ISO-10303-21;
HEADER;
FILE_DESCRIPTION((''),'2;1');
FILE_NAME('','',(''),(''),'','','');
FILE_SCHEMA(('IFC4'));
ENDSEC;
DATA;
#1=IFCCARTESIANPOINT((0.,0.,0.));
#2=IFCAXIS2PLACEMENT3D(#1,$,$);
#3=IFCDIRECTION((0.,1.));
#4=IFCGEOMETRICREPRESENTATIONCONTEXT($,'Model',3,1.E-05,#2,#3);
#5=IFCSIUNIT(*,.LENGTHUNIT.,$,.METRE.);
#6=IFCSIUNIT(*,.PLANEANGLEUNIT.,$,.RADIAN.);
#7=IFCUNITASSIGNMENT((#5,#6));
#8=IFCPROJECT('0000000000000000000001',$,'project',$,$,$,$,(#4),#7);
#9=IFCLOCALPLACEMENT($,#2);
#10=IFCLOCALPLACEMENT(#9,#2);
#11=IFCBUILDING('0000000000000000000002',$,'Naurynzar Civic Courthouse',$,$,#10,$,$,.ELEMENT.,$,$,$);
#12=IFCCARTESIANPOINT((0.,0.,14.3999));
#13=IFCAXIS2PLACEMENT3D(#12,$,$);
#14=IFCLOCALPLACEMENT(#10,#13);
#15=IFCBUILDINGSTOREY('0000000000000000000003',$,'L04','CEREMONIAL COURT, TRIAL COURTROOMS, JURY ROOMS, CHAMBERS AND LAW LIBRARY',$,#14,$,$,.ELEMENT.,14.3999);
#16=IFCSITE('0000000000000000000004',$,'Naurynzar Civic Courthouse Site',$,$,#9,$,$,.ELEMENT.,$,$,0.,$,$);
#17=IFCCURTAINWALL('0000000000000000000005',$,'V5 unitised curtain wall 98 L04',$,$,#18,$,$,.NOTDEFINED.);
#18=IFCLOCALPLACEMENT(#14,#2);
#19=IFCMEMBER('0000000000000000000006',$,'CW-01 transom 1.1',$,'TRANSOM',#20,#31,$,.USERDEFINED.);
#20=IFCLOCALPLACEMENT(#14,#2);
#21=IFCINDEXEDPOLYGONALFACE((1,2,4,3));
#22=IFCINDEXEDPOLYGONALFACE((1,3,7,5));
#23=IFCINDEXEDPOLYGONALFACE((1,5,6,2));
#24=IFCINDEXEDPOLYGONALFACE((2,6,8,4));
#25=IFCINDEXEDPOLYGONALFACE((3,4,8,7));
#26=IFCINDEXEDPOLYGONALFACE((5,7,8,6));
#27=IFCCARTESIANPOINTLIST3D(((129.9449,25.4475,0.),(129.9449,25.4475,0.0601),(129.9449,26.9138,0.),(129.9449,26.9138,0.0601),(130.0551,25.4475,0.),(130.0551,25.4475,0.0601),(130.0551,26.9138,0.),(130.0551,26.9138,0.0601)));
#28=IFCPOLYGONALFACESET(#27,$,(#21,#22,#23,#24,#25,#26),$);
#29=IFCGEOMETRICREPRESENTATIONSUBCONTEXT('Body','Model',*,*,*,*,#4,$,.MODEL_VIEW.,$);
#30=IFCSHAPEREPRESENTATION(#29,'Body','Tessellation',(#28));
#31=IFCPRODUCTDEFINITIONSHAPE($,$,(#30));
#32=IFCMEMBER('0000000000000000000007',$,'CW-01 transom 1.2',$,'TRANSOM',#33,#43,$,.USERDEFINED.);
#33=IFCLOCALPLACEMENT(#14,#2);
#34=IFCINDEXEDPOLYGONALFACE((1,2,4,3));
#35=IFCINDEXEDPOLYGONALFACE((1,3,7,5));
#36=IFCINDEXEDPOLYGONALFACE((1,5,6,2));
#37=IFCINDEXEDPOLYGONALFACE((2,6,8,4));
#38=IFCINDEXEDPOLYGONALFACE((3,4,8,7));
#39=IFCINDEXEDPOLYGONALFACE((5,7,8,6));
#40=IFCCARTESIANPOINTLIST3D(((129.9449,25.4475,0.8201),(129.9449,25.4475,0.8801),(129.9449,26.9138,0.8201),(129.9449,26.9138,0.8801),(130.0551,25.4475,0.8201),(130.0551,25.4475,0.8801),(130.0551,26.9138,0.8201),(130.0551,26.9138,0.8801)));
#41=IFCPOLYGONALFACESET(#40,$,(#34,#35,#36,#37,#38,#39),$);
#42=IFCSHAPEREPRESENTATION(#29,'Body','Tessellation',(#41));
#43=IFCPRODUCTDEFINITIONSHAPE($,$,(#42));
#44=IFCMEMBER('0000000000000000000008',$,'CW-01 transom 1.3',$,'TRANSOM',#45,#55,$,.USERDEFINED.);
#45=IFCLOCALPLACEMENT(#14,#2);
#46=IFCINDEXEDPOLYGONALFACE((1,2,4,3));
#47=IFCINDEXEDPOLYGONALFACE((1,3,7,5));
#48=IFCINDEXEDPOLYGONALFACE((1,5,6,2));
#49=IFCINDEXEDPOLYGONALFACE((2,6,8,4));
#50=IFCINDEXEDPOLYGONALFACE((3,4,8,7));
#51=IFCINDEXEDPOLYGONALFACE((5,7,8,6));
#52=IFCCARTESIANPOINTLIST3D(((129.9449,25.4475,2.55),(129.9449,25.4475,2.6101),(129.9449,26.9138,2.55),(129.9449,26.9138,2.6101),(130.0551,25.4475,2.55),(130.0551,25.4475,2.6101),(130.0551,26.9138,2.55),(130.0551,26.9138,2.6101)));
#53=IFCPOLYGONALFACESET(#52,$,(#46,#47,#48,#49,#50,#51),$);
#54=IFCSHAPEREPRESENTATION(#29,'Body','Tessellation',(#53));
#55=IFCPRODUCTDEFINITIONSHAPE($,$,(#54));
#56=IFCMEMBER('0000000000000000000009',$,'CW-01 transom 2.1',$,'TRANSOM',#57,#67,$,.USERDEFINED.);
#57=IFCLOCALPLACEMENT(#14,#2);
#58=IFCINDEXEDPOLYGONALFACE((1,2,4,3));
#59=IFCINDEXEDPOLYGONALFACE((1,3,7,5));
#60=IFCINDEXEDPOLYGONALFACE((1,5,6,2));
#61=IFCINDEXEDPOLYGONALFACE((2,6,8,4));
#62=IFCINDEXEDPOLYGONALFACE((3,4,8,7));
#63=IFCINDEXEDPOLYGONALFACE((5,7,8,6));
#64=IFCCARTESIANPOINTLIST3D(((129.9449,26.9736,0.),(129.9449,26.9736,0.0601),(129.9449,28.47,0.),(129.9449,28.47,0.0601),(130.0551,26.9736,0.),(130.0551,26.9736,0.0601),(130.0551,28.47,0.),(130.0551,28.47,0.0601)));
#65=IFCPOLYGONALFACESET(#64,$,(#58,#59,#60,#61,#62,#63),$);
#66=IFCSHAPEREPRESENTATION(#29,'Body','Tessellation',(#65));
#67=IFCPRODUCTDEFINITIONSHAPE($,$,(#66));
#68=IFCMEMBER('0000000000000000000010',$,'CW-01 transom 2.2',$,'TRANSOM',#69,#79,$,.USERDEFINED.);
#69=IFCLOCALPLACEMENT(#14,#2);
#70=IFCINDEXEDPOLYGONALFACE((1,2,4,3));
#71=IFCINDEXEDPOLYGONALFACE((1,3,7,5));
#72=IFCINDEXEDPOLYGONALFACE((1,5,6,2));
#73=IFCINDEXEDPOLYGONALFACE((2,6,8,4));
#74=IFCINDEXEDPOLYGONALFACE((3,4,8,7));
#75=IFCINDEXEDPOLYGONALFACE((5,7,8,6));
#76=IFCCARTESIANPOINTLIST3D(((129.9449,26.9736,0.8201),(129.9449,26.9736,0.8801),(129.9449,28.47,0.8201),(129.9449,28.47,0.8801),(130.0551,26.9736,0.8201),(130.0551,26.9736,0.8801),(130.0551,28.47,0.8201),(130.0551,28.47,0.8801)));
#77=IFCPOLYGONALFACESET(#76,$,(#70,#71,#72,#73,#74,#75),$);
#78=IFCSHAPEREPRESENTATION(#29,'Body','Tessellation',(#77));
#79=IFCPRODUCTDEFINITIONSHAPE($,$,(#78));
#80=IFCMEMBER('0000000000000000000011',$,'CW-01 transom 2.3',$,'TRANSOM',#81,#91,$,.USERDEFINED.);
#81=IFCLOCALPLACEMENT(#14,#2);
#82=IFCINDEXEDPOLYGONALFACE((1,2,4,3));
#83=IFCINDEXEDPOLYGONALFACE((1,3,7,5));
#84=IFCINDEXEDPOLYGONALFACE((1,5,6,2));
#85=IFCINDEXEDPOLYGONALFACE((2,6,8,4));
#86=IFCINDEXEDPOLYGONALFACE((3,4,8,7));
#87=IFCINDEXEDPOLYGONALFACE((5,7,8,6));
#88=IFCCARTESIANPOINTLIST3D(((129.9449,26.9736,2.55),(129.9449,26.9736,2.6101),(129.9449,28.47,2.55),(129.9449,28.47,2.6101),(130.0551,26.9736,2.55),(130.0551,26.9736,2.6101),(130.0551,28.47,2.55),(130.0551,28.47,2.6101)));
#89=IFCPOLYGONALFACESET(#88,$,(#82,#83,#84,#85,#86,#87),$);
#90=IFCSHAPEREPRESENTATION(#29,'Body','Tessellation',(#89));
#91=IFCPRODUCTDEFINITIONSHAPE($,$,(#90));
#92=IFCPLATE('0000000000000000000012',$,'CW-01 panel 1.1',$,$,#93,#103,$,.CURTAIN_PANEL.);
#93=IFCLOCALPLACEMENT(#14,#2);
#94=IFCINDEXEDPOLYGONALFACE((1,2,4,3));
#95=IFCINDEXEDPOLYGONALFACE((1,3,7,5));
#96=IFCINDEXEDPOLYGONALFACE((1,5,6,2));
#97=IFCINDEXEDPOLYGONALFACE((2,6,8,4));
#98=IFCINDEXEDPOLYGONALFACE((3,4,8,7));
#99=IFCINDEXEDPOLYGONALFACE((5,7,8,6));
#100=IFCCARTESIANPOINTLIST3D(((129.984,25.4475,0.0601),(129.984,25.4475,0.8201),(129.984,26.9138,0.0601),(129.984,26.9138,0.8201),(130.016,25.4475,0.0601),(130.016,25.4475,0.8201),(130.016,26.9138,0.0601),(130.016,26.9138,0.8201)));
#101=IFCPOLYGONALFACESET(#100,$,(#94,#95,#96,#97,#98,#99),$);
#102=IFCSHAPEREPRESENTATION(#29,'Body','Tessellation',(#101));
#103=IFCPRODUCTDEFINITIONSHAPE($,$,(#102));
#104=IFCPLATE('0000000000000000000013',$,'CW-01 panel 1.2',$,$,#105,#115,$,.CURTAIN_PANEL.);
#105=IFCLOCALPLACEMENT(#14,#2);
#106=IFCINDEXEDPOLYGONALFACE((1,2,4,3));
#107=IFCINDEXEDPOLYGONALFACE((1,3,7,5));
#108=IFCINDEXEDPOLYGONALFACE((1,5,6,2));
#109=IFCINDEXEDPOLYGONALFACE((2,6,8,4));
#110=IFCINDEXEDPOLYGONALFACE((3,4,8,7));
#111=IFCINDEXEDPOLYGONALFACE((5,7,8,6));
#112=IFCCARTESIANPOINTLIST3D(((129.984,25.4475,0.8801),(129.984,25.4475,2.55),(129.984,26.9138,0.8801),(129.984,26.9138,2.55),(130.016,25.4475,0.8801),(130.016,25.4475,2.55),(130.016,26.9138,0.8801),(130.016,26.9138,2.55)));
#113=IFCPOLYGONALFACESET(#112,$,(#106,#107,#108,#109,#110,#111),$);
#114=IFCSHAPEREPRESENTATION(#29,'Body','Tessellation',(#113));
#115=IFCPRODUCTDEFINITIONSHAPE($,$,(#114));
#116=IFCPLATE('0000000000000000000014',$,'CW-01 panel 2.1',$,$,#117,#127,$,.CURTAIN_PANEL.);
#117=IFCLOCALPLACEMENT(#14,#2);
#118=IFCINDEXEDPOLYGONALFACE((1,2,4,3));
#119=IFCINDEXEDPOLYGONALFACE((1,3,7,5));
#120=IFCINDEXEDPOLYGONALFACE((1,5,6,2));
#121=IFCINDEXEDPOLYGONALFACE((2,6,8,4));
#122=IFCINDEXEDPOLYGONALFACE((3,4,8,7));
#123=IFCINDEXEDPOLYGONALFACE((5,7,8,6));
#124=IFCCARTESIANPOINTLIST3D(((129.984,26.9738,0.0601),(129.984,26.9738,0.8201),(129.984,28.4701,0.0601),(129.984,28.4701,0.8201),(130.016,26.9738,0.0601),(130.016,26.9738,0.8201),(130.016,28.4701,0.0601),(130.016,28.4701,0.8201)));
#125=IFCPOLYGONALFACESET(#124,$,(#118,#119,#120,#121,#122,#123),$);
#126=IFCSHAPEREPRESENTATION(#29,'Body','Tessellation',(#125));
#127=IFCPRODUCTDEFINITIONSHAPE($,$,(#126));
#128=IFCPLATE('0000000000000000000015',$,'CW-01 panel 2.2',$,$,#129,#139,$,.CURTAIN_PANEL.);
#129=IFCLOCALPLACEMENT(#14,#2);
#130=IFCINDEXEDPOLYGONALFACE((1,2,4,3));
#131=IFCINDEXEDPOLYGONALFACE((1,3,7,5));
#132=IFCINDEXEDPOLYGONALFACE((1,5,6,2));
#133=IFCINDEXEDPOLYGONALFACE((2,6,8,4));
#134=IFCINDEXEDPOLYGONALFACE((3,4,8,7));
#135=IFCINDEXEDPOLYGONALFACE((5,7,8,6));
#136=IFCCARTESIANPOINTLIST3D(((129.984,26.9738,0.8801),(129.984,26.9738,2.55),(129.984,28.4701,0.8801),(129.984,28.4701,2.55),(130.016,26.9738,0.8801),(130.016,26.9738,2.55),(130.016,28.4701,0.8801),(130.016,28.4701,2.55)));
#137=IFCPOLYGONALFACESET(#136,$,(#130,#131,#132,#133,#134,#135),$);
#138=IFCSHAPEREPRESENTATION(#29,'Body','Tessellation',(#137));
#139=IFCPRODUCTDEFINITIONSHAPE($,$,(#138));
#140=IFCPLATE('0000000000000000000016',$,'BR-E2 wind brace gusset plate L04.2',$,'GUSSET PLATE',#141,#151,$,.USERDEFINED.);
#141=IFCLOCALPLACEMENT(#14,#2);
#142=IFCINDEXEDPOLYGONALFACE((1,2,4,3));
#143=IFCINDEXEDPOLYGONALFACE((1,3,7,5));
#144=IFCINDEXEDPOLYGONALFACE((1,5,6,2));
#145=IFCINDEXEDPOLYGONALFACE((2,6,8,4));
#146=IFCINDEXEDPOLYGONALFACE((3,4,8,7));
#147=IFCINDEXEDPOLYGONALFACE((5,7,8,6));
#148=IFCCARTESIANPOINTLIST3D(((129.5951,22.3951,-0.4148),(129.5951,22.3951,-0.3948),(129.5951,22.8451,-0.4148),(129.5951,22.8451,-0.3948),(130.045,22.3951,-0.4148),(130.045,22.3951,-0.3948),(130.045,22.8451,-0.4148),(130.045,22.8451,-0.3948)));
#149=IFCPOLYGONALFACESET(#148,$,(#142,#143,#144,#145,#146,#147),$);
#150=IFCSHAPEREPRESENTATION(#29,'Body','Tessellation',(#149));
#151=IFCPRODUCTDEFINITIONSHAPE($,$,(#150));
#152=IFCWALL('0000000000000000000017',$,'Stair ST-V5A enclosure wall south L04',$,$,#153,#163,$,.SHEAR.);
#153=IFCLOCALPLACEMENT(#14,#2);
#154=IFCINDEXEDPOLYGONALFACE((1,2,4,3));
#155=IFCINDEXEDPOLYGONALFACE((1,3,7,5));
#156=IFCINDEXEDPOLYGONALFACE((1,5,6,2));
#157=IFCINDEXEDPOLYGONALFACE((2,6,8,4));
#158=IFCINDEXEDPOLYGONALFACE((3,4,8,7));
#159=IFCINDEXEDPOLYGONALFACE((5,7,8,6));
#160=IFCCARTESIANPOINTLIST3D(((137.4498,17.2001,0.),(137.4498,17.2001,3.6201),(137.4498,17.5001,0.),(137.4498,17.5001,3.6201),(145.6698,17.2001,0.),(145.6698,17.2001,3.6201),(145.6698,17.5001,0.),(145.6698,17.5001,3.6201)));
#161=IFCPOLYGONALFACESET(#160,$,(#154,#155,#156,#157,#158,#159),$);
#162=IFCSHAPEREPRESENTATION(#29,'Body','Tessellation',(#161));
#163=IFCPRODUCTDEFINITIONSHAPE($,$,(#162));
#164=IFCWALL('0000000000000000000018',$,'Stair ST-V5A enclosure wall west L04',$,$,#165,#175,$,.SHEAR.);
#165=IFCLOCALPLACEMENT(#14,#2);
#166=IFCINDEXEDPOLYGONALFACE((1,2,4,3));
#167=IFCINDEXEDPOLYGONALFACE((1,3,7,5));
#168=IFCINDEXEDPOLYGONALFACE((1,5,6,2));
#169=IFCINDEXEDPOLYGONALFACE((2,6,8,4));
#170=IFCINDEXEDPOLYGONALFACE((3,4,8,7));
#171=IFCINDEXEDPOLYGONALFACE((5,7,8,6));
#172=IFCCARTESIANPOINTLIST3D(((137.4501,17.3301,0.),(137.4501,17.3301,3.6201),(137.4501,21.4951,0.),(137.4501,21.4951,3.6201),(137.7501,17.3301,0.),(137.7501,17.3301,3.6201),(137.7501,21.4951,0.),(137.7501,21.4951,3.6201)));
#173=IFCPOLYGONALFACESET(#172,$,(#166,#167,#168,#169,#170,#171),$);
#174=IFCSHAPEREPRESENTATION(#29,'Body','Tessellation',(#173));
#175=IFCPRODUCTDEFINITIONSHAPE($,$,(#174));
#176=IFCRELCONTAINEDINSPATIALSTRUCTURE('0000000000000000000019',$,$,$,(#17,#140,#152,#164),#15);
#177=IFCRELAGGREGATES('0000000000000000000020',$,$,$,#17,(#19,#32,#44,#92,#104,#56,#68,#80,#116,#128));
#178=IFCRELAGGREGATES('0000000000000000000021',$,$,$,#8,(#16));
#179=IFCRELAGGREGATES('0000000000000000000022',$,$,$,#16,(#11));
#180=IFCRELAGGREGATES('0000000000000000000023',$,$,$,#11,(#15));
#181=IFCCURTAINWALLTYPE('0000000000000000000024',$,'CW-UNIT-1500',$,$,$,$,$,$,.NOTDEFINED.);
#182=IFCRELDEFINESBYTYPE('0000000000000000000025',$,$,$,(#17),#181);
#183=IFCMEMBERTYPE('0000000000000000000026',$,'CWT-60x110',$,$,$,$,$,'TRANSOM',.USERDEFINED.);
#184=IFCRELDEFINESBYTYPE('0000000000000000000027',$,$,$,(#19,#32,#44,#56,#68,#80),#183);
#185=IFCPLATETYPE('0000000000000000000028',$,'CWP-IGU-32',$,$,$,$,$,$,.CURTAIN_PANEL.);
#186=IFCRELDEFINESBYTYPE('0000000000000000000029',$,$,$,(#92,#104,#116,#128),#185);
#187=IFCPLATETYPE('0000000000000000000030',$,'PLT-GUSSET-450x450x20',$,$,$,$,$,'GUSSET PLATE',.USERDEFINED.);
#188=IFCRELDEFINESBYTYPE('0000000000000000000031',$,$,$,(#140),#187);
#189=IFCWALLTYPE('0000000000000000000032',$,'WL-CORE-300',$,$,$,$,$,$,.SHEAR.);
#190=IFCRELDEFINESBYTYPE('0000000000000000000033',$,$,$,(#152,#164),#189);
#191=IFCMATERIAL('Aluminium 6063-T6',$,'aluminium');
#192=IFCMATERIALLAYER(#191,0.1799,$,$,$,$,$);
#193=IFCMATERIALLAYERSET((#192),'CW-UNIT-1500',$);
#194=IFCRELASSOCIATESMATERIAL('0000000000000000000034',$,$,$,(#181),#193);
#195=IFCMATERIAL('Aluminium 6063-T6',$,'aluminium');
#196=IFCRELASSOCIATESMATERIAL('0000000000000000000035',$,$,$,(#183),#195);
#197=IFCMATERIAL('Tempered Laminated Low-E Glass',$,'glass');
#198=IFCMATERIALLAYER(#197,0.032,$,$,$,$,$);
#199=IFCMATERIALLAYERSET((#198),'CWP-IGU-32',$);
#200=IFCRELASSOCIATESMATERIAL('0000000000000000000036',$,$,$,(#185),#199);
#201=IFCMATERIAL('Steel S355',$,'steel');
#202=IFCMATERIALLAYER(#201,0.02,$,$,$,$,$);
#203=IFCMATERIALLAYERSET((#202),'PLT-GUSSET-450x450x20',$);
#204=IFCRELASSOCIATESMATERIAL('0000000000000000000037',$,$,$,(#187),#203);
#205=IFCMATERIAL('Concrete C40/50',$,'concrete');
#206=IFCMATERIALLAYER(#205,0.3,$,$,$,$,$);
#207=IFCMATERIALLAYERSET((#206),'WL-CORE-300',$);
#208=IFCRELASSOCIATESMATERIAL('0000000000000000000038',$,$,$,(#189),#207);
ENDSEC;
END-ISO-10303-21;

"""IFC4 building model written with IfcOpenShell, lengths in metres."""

from ifc_helpers import new_model, si_unit, direction, frame, frame_2d, origin, origin_2d, place, context, subcontext, project, spatial, rectangle, extrude, material, layer, layer_set, material_profile, profile_set, type_object, element, aggregate, save


model = new_model("IFC4")

# Units and contexts
model_context = context("Model", 3, precision=1e-05, world=origin(), true_north=direction((0.0, 1.0)))
body_context = subcontext(model_context, "Body", "Model", "MODEL_VIEW")
ifc_project = project(units=[si_unit("LENGTHUNIT", "METRE"), si_unit("PLANEANGLEUNIT", "RADIAN")], contexts=[model_context])

# Site, building, storey
site_placement = place(None, origin())
site = spatial("IfcSite", under=ifc_project, at=site_placement, Name="Naurynzar Civic Courthouse Site", CompositionType="ELEMENT", RefElevation=0.0)
building_placement = place(site_placement, origin())
building = spatial("IfcBuilding", under=site, at=building_placement, Name="Naurynzar Civic Courthouse", CompositionType="ELEMENT")
storey_placement = place(building_placement, frame((0.0, 0.0, 14.3999)))
storey = spatial("IfcBuildingStorey", under=building, at=storey_placement, Name="L04", Description="CEREMONIAL COURT, TRIAL COURTROOMS, JURY ROOMS, CHAMBERS AND LAW LIBRARY", CompositionType="ELEMENT", Elevation=14.3999)

# Curtain wall
ifc_material_1 = material(Name="Aluminium 6063-T6", Category="aluminium")
ifc_layer_1 = layer(ifc_material_1, 0.1799)
ifc_layer_set_1 = layer_set([ifc_layer_1], Name="CW-UNIT-1500")
curtain_wall_type_1 = type_object("IfcCurtainWallType", Name="CW-UNIT-1500", PredefinedType="NOTDEFINED", material=ifc_layer_set_1)
curtain_wall_1_placement = place(storey_placement, origin())
curtain_wall_1 = element("IfcCurtainWall", 1, at=curtain_wall_1_placement, inside=storey, type_object=curtain_wall_type_1, Name="V5 unitised curtain wall 98 L04", PredefinedType="NOTDEFINED")

# Members
ifc_material_2 = material(Name="Aluminium 6063-T6", Category="aluminium")
ifc_material_profile_1 = material_profile(ifc_material_2, rectangle(XDim=0.1101, YDim=0.0601, at=origin_2d()), Name="ALU TRANSOM 60x110")
ifc_profile_set_1 = profile_set([ifc_material_profile_1], Name="Aluminium 6063-T6")
member_type_1 = type_object("IfcMemberType", Name="CWT-60x110", ElementType="TRANSOM", PredefinedType="USERDEFINED", material=ifc_profile_set_1)
member_1_placement = place(storey_placement, frame((130.0, 25.4475, 0.03), z_axis=(0.0, 1.0, 0.0), x_axis=(-1.0, 0.0, 0.0)))
member_1 = element("IfcMember", 2, at=member_1_placement, type_object=member_type_1, Name="CW-01 transom 1.1", ObjectType="TRANSOM", PredefinedType="USERDEFINED", context=body_context, shape_type="SweptSolid", body=[
    extrude(rectangle(XDim=0.1101, YDim=0.0601, at=origin_2d()), origin(), (0.0, 0.0, 1.0), 1.4663),
])
member_2_placement = place(storey_placement, frame((130.0, 25.4475, 0.8501), z_axis=(0.0, 1.0, 0.0), x_axis=(-1.0, 0.0, 0.0)))
member_2 = element("IfcMember", 3, at=member_2_placement, type_object=member_type_1, Name="CW-01 transom 1.2", ObjectType="TRANSOM", PredefinedType="USERDEFINED", context=body_context, shape_type="SweptSolid", body=[
    extrude(rectangle(XDim=0.1101, YDim=0.0601, at=origin_2d()), origin(), (0.0, 0.0, 1.0), 1.4663),
])
member_3_placement = place(storey_placement, frame((130.0, 25.4475, 2.5801), z_axis=(0.0, 1.0, 0.0), x_axis=(-1.0, 0.0, 0.0)))
member_3 = element("IfcMember", 4, at=member_3_placement, type_object=member_type_1, Name="CW-01 transom 1.3", ObjectType="TRANSOM", PredefinedType="USERDEFINED", context=body_context, shape_type="SweptSolid", body=[
    extrude(rectangle(XDim=0.1101, YDim=0.0601, at=origin_2d()), origin(), (0.0, 0.0, 1.0), 1.4663),
])
member_4_placement = place(storey_placement, frame((130.0, 26.9736, 0.03), z_axis=(0.0, 1.0, 0.0), x_axis=(-1.0, 0.0, 0.0)))
member_4 = element("IfcMember", 5, at=member_4_placement, type_object=member_type_1, Name="CW-01 transom 2.1", ObjectType="TRANSOM", PredefinedType="USERDEFINED", context=body_context, shape_type="SweptSolid", body=[
    extrude(rectangle(XDim=0.1101, YDim=0.0601, at=origin_2d()), origin(), (0.0, 0.0, 1.0), 1.4963),
])
member_5_placement = place(storey_placement, frame((130.0, 26.9736, 0.8501), z_axis=(0.0, 1.0, 0.0), x_axis=(-1.0, 0.0, 0.0)))
member_5 = element("IfcMember", 6, at=member_5_placement, type_object=member_type_1, Name="CW-01 transom 2.2", ObjectType="TRANSOM", PredefinedType="USERDEFINED", context=body_context, shape_type="SweptSolid", body=[
    extrude(rectangle(XDim=0.1101, YDim=0.0601, at=origin_2d()), origin(), (0.0, 0.0, 1.0), 1.4963),
])
member_6_placement = place(storey_placement, frame((130.0, 26.9736, 2.5801), z_axis=(0.0, 1.0, 0.0), x_axis=(-1.0, 0.0, 0.0)))
member_6 = element("IfcMember", 7, at=member_6_placement, type_object=member_type_1, Name="CW-01 transom 2.3", ObjectType="TRANSOM", PredefinedType="USERDEFINED", context=body_context, shape_type="SweptSolid", body=[
    extrude(rectangle(XDim=0.1101, YDim=0.0601, at=origin_2d()), origin(), (0.0, 0.0, 1.0), 1.4963),
])

# Plates
ifc_material_3 = material(Name="Tempered Laminated Low-E Glass", Category="glass")
ifc_layer_2 = layer(ifc_material_3, 0.032)
ifc_layer_set_2 = layer_set([ifc_layer_2], Name="CWP-IGU-32")
plate_type_1 = type_object("IfcPlateType", Name="CWP-IGU-32", PredefinedType="CURTAIN_PANEL", material=ifc_layer_set_2)
plate_1_placement = place(storey_placement, frame((130.0, 26.1807, 0.0601), z_axis=(0.0, 0.0, 1.0), x_axis=(0.0, 1.0, 0.0)))
plate_1 = element("IfcPlate", 8, at=plate_1_placement, type_object=plate_type_1, Name="CW-01 panel 1.1", PredefinedType="CURTAIN_PANEL", context=body_context, shape_type="SweptSolid", body=[
    extrude(rectangle(XDim=1.4663, YDim=0.032, at=origin_2d()), origin(), (0.0, 0.0, 1.0), 0.76),
])
plate_2_placement = place(storey_placement, frame((130.0, 26.1807, 0.8801), z_axis=(0.0, 0.0, 1.0), x_axis=(0.0, 1.0, 0.0)))
plate_2 = element("IfcPlate", 9, at=plate_2_placement, type_object=plate_type_1, Name="CW-01 panel 1.2", PredefinedType="CURTAIN_PANEL", context=body_context, shape_type="SweptSolid", body=[
    extrude(rectangle(XDim=1.4663, YDim=0.032, at=origin_2d()), origin(), (0.0, 0.0, 1.0), 1.6699),
])
plate_3_placement = place(storey_placement, frame((130.0, 27.7219, 0.0601), z_axis=(0.0, 0.0, 1.0), x_axis=(0.0, 1.0, 0.0)))
plate_3 = element("IfcPlate", 10, at=plate_3_placement, type_object=plate_type_1, Name="CW-01 panel 2.1", PredefinedType="CURTAIN_PANEL", context=body_context, shape_type="SweptSolid", body=[
    extrude(rectangle(XDim=1.4963, YDim=0.032, at=origin_2d()), origin(), (0.0, 0.0, 1.0), 0.76),
])
plate_4_placement = place(storey_placement, frame((130.0, 27.7219, 0.8801), z_axis=(0.0, 0.0, 1.0), x_axis=(0.0, 1.0, 0.0)))
plate_4 = element("IfcPlate", 11, at=plate_4_placement, type_object=plate_type_1, Name="CW-01 panel 2.2", PredefinedType="CURTAIN_PANEL", context=body_context, shape_type="SweptSolid", body=[
    extrude(rectangle(XDim=1.4963, YDim=0.032, at=origin_2d()), origin(), (0.0, 0.0, 1.0), 1.6699),
])
aggregate(curtain_wall_1, [member_1, member_2, member_3, plate_1, plate_2, member_4, member_5, member_6, plate_3, plate_4])
ifc_material_4 = material(Name="Steel S355", Category="steel")
ifc_layer_3 = layer(ifc_material_4, 0.02)
ifc_layer_set_3 = layer_set([ifc_layer_3], Name="PLT-GUSSET-450x450x20")
plate_type_2 = type_object("IfcPlateType", Name="PLT-GUSSET-450x450x20", ElementType="GUSSET PLATE", PredefinedType="USERDEFINED", material=ifc_layer_set_3)
plate_5_placement = place(storey_placement, frame((129.8201, 22.6201, -0.4148), z_axis=(0.0, 0.0, 1.0), x_axis=(1.0, 0.0, 0.0)))
element("IfcPlate", 12, at=plate_5_placement, inside=storey, type_object=plate_type_2, Name="BR-E2 wind brace gusset plate L04.2", ObjectType="GUSSET PLATE", PredefinedType="USERDEFINED", context=body_context, shape_type="SweptSolid", body=[
    extrude(rectangle(XDim=0.45, YDim=0.45, at=origin_2d()), origin(), (0.0, 0.0, 1.0), 0.02),
])

# Walls
ifc_material_5 = material(Name="Concrete C40/50", Category="concrete")
ifc_layer_4 = layer(ifc_material_5, 0.3)
ifc_layer_set_4 = layer_set([ifc_layer_4], Name="WL-CORE-300")
wall_type_1 = type_object("IfcWallType", Name="WL-CORE-300", PredefinedType="SHEAR", material=ifc_layer_set_4)
wall_1_placement = place(storey_placement, frame((137.45, 17.3501, 0.0), z_axis=(0.0, 0.0, 1.0), x_axis=(1.0, 0.0, 0.0)))
element("IfcWall", 13, at=wall_1_placement, inside=storey, type_object=wall_type_1, Name="Stair ST-V5A enclosure wall south L04", PredefinedType="SHEAR", context=body_context, shape_type="SweptSolid", body=[
    extrude(rectangle(XDim=8.22, YDim=0.3, at=frame_2d((4.1099, 0.0))), origin(), (0.0, 0.0, 1.0), 3.6201),
])
wall_2_placement = place(storey_placement, frame((137.6001, 21.4951, 0.0), z_axis=(0.0, 0.0, 1.0), x_axis=(0.0, -1.0, 0.0)))
element("IfcWall", 14, at=wall_2_placement, inside=storey, type_object=wall_type_1, Name="Stair ST-V5A enclosure wall west L04", PredefinedType="SHEAR", context=body_context, shape_type="SweptSolid", body=[
    extrude(rectangle(XDim=4.165, YDim=0.3, at=frame_2d((2.0825, 0.0))), origin(), (0.0, 0.0, 1.0), 3.6201),
])

save(model, "model.ifc")
